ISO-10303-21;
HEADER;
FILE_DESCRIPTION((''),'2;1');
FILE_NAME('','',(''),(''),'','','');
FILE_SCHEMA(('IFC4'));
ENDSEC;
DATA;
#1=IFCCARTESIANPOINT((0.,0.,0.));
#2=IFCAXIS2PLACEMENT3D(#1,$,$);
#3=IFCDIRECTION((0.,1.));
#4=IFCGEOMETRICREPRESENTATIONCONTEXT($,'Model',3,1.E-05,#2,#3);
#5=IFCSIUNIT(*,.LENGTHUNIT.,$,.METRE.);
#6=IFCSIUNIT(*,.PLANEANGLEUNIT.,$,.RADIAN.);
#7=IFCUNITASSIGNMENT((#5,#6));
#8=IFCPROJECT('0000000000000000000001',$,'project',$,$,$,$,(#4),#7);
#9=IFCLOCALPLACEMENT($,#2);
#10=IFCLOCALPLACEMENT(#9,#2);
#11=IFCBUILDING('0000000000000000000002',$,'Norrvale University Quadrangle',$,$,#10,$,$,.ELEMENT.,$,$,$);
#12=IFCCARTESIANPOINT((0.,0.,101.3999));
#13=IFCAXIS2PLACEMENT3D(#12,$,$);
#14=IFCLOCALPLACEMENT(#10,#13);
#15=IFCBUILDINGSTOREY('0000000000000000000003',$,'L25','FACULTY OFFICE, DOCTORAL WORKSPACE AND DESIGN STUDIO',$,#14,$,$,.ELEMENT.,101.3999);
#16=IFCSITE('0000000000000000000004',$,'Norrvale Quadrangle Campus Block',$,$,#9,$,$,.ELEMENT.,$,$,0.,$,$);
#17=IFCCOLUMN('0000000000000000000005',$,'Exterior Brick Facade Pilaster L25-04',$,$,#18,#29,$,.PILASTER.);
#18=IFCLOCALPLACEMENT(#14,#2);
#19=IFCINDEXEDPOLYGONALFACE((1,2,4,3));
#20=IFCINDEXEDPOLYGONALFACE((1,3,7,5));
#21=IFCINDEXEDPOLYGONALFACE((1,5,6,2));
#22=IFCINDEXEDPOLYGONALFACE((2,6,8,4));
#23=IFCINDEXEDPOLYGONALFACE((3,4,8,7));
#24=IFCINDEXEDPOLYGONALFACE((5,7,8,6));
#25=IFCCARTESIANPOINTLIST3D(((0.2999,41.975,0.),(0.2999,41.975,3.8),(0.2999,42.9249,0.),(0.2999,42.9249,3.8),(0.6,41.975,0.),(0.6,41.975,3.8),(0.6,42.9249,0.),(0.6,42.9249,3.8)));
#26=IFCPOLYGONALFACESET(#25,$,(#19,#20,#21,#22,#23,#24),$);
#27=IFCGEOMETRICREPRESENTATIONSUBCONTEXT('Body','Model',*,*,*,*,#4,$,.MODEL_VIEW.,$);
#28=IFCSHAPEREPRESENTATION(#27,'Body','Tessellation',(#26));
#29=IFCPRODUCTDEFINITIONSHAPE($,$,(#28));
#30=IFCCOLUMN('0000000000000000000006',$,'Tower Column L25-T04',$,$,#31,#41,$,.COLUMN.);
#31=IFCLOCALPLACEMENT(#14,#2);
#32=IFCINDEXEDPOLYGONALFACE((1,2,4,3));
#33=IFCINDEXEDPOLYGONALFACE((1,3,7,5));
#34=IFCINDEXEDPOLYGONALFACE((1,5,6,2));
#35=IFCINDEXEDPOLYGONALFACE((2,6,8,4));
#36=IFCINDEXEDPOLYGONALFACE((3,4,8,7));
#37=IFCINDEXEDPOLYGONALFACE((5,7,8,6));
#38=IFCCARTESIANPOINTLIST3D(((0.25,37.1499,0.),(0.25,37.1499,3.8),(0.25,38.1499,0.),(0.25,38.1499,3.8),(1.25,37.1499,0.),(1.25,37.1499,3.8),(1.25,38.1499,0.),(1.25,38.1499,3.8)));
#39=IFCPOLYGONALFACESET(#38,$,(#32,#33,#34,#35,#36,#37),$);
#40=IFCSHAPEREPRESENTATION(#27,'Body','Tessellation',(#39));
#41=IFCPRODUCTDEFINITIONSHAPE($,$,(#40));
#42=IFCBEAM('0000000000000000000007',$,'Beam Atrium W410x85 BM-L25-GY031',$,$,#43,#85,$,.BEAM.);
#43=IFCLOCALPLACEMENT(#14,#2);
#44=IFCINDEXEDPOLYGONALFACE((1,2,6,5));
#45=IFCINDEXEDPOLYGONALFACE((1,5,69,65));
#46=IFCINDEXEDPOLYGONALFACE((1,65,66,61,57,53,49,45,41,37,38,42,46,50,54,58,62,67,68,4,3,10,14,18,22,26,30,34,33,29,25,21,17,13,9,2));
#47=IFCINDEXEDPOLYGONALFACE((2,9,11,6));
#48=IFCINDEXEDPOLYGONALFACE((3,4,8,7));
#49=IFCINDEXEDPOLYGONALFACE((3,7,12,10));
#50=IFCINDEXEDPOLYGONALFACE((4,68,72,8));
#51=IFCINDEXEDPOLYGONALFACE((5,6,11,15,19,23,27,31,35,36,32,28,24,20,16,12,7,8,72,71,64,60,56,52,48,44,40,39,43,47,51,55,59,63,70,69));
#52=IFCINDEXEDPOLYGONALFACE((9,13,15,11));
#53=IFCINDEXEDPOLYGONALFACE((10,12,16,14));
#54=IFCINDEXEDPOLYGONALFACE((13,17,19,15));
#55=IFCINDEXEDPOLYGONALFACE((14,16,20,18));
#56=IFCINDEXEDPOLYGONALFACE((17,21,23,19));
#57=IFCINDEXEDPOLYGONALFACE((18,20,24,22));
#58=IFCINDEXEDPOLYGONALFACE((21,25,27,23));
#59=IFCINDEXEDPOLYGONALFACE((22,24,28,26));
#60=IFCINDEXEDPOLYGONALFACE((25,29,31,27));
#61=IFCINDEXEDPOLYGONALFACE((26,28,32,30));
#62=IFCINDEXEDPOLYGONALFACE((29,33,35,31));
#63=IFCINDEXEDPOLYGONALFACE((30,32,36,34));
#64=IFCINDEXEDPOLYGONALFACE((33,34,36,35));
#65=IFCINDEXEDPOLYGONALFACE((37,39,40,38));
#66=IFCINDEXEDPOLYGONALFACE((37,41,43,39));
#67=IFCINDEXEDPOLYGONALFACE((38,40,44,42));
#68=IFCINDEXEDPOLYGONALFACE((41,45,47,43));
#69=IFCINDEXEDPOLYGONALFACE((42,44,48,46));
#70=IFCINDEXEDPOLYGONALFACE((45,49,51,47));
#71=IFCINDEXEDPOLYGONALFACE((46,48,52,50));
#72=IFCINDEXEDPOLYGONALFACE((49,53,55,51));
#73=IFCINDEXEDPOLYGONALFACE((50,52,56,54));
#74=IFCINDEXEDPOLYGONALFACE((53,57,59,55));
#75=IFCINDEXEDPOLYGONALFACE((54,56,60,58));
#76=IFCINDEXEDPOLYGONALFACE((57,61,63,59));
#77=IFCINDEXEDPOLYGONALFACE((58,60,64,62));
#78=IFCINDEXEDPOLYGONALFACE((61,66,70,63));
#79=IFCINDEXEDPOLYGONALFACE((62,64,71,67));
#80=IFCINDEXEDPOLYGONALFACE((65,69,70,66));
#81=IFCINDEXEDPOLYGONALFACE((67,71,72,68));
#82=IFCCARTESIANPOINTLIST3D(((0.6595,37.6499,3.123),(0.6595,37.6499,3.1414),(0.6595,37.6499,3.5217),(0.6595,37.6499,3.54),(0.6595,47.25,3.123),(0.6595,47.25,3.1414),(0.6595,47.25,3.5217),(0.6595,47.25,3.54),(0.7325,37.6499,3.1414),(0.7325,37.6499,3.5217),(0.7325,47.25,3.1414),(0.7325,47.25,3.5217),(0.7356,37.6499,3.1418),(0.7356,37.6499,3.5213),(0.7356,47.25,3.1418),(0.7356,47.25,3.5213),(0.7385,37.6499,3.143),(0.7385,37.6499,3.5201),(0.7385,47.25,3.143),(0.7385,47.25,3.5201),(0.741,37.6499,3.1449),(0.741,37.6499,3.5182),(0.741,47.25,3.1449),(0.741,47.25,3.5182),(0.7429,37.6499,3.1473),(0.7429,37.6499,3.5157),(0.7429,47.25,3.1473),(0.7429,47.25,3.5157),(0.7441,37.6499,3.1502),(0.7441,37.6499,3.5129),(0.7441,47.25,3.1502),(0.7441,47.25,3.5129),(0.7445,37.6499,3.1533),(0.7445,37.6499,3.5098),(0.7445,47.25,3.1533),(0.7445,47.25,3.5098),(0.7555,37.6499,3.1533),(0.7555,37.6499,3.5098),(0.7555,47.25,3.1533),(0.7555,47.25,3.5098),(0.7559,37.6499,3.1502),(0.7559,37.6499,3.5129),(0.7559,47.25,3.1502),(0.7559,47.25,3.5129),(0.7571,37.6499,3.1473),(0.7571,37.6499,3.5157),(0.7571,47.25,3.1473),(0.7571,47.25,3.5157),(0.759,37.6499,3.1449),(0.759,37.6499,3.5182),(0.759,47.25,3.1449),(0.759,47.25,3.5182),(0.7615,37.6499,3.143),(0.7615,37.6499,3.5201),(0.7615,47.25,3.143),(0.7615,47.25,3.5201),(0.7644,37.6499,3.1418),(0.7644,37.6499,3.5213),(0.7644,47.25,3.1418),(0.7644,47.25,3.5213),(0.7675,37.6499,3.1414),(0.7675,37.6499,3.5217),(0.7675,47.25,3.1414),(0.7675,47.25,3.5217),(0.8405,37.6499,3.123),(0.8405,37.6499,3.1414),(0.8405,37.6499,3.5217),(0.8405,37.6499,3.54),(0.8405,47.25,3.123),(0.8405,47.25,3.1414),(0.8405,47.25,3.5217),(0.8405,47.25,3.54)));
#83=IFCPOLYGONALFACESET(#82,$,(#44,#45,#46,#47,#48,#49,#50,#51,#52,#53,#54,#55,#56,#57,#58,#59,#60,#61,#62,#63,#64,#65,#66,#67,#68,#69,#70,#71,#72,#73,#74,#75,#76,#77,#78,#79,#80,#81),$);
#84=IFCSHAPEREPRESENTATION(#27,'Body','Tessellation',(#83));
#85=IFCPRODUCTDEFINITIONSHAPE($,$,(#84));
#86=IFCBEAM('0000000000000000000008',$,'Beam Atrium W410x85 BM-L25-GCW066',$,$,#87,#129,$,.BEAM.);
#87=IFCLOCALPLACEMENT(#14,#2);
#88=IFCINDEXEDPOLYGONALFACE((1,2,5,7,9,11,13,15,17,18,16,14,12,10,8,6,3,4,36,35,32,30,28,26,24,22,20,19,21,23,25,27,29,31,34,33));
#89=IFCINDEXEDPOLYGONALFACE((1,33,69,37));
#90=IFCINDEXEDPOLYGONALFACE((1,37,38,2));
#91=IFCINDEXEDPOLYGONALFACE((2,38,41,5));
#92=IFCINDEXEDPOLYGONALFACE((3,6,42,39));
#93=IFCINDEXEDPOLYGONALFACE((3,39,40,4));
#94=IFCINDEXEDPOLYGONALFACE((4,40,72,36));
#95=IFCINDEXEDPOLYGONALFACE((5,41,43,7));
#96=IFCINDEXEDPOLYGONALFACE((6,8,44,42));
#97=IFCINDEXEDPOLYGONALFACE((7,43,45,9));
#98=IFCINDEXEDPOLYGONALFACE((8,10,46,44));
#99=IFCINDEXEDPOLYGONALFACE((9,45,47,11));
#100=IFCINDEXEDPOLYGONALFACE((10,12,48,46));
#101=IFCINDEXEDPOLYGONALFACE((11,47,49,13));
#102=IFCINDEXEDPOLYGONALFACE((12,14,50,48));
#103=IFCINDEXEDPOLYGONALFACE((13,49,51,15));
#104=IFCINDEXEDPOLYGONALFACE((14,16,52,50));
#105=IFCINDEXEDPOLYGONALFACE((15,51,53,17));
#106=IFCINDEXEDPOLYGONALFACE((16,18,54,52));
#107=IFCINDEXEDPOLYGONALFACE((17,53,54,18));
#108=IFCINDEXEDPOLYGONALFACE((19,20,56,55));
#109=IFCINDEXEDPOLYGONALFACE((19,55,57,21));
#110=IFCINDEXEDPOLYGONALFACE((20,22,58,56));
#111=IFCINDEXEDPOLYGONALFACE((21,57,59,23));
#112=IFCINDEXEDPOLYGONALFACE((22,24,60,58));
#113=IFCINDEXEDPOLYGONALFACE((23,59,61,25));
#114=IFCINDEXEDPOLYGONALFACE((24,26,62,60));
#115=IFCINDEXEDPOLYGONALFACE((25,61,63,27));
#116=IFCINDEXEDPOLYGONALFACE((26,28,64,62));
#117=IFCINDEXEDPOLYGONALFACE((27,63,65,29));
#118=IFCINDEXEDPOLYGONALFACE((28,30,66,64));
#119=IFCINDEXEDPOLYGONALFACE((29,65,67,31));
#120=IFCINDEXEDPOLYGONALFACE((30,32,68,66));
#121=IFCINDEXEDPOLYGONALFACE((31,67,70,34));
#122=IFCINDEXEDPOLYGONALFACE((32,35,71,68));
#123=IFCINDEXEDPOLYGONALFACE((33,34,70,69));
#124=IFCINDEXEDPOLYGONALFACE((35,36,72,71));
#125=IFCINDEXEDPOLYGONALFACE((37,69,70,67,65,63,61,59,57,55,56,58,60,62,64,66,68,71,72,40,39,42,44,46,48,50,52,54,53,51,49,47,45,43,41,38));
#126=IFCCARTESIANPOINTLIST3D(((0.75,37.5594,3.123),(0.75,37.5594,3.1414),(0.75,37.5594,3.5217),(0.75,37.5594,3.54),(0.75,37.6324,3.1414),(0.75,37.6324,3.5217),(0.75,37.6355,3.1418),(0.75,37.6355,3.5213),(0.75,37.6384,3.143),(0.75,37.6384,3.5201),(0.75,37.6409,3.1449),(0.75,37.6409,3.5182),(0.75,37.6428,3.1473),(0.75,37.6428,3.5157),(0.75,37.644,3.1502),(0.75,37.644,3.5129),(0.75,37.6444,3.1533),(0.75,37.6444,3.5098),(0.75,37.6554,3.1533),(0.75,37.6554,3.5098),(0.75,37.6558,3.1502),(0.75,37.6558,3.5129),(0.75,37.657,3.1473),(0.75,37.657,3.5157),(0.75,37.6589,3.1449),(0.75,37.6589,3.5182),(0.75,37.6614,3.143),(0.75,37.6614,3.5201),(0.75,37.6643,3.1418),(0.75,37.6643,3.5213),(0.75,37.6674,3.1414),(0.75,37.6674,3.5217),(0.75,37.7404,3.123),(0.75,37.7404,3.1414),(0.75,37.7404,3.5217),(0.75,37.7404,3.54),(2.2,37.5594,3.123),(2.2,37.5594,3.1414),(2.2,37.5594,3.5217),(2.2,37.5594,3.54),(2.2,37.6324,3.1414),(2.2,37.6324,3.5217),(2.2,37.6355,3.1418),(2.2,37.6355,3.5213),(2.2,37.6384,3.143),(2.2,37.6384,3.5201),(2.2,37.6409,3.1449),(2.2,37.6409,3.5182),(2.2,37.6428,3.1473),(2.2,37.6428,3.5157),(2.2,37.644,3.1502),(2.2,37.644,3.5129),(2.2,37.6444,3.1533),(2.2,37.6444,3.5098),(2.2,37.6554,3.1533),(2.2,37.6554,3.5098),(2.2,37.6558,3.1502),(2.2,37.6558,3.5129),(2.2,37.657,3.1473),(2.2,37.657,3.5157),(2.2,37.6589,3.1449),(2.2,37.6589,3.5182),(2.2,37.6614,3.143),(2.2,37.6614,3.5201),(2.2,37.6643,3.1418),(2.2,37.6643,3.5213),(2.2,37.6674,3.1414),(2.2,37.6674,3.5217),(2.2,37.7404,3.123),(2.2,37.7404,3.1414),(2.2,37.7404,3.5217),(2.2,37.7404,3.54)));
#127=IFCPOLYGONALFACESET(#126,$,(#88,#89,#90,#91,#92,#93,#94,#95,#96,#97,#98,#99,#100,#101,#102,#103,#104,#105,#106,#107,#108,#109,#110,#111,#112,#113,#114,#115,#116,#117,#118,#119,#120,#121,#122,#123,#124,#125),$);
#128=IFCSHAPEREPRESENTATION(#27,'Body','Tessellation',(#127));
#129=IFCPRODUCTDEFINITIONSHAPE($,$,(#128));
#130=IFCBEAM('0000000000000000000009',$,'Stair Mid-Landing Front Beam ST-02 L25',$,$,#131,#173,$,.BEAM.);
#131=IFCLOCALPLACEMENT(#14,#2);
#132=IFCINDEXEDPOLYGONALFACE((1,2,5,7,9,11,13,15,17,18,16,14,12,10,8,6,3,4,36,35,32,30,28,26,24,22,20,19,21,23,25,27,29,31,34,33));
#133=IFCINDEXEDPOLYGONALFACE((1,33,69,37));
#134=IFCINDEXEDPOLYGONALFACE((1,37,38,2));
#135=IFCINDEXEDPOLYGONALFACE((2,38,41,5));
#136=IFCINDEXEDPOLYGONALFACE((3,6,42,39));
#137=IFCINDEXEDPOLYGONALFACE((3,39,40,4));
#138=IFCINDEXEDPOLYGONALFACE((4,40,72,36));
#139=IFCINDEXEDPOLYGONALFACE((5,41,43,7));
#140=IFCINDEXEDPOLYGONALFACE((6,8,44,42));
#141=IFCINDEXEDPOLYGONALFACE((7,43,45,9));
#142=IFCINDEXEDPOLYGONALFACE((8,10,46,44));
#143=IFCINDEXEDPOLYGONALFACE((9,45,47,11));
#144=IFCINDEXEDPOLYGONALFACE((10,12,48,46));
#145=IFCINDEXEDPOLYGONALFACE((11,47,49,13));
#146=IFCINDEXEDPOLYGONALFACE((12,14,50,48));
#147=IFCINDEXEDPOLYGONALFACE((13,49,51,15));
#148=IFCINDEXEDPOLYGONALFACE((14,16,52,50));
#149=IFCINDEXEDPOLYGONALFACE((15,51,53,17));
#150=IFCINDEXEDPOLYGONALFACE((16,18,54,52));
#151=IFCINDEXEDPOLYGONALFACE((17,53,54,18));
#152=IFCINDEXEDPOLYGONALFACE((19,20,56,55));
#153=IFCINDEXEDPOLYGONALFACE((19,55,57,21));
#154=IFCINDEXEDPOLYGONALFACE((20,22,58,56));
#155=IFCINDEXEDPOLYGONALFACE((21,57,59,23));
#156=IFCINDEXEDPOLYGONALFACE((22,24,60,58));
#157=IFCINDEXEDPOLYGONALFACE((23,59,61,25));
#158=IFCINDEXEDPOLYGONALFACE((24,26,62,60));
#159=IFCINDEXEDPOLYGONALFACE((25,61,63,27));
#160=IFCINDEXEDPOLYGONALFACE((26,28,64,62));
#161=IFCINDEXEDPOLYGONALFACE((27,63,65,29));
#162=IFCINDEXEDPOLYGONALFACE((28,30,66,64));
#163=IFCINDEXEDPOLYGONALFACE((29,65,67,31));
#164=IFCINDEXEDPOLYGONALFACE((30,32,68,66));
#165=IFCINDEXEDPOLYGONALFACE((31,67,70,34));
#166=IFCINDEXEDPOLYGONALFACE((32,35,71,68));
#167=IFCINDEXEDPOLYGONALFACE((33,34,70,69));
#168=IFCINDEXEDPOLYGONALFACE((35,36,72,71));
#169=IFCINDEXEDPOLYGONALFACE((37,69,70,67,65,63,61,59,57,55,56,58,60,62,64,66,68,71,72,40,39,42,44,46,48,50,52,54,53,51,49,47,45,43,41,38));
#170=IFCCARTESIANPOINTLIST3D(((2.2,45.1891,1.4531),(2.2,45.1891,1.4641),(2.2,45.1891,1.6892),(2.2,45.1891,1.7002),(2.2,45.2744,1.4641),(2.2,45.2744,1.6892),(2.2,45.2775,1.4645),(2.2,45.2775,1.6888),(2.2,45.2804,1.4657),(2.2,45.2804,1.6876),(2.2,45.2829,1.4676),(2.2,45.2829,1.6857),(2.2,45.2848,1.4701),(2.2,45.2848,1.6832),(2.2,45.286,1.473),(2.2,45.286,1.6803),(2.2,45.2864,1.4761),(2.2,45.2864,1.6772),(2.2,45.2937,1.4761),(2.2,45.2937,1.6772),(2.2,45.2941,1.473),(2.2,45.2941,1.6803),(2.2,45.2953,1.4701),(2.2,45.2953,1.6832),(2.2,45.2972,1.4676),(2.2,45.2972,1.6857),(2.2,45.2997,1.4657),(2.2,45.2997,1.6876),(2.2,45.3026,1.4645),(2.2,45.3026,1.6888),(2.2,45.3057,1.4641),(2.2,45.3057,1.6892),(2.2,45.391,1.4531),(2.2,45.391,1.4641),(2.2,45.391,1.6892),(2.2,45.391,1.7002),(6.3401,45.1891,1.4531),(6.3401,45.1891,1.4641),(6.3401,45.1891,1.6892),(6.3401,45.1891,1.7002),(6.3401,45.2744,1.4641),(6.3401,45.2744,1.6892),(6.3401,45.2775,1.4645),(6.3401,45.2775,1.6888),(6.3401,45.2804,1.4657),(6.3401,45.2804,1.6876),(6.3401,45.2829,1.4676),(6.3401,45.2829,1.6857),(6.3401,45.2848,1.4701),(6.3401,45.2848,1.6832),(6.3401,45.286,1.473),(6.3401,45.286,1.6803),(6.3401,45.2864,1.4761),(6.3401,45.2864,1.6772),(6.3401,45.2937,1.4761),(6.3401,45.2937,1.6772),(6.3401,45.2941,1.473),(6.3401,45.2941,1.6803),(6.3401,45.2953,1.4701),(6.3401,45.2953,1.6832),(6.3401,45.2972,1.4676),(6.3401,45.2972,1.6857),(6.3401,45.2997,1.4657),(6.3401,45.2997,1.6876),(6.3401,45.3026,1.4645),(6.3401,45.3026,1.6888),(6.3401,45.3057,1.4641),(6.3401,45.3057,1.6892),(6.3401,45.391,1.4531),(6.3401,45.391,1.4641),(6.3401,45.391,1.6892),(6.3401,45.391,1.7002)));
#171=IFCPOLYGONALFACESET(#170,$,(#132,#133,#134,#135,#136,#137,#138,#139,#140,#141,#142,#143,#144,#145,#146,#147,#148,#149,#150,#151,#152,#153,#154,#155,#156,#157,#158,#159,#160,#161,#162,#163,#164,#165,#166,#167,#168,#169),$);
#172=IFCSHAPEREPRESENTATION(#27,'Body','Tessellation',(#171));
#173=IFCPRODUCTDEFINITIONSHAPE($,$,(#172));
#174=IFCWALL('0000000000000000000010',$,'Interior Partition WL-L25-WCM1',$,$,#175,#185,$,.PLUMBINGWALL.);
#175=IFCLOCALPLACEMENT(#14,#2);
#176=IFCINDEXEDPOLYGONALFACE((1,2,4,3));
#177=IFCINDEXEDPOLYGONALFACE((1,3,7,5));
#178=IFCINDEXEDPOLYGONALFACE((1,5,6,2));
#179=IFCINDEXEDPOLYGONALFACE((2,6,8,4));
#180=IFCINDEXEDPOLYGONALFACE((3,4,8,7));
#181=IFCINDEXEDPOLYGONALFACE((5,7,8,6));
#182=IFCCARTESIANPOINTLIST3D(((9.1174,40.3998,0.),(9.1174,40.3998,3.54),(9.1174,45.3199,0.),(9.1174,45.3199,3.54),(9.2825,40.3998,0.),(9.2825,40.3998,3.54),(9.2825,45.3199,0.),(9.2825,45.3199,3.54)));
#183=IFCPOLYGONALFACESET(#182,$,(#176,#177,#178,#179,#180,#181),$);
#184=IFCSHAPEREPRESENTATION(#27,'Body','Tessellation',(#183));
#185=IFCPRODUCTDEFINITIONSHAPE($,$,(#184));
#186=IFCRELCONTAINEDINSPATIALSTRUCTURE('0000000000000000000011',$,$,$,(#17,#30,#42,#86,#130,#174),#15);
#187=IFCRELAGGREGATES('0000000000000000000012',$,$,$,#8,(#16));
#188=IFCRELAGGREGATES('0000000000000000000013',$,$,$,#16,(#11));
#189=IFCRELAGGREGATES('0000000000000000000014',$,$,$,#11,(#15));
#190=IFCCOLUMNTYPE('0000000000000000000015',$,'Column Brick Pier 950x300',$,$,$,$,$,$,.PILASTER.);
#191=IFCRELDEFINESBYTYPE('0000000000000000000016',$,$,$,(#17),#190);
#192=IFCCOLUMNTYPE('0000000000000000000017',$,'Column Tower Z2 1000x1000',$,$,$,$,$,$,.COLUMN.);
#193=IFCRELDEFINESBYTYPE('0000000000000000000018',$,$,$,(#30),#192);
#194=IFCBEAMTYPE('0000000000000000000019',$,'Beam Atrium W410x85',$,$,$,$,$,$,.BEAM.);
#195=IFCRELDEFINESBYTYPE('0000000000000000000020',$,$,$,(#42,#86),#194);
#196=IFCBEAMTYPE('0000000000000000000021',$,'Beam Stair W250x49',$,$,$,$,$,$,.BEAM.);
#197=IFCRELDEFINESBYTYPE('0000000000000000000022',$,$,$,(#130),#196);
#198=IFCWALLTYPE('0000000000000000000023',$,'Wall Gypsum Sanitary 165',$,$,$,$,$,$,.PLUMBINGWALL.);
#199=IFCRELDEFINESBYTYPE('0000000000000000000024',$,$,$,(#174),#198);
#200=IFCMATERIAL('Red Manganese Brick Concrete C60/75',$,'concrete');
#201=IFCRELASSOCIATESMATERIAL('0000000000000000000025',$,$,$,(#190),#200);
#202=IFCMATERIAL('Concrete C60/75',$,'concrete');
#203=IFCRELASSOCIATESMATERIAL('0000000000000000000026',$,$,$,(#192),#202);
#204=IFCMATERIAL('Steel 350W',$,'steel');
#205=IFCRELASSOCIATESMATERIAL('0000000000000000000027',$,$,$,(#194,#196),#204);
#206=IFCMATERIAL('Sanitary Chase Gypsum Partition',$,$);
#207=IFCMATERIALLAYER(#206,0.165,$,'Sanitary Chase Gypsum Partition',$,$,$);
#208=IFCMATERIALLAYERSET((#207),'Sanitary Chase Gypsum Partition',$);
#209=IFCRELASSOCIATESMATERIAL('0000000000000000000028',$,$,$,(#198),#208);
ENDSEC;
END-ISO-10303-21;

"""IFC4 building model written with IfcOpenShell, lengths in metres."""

from ifc_helpers import new_model, si_unit, direction, frame, frame_2d, origin, origin_2d, place, context, subcontext, project, spatial, rectangle, i_section, extrude, material, layer, layer_set, material_profile, profile_set, type_object, element, save


model = new_model("IFC4")

# Units and contexts
model_context = context("Model", 3, precision=1e-05, world=origin(), true_north=direction((0.0, 1.0)))
body_context = subcontext(model_context, "Body", "Model", "MODEL_VIEW")
ifc_project = project(units=[si_unit("LENGTHUNIT", "METRE"), si_unit("PLANEANGLEUNIT", "RADIAN")], contexts=[model_context])

# Site, building, storey
site_placement = place(None, origin())
site = spatial("IfcSite", under=ifc_project, at=site_placement, Name="Norrvale Quadrangle Campus Block", CompositionType="ELEMENT", RefElevation=0.0)
building_placement = place(site_placement, origin())
building = spatial("IfcBuilding", under=site, at=building_placement, Name="Norrvale University Quadrangle", CompositionType="ELEMENT")
storey_placement = place(building_placement, frame((0.0, 0.0, 101.3999)))
storey = spatial("IfcBuildingStorey", under=building, at=storey_placement, Name="L25", Description="FACULTY OFFICE, DOCTORAL WORKSPACE AND DESIGN STUDIO", CompositionType="ELEMENT", Elevation=101.3999)

# Columns
ifc_material_1 = material(Name="Red Manganese Brick Concrete C60/75", Category="concrete")
ifc_material_profile_1 = material_profile(ifc_material_1, rectangle(XDim=0.95, YDim=0.3, at=origin_2d()), Name="Red Manganese Brick Concrete C60/75")
ifc_profile_set_1 = profile_set([ifc_material_profile_1], Name="Red Manganese Brick Concrete C60/75")
column_type_1 = type_object("IfcColumnType", Name="Column Brick Pier 950x300", PredefinedType="PILASTER", material=ifc_profile_set_1)
column_1_placement = place(storey_placement, frame((0.45, 42.45, 0.0), z_axis=(0.0, 0.0, 1.0), x_axis=(0.0, 1.0, 0.0)))
element("IfcColumn", 1, at=column_1_placement, inside=storey, type_object=column_type_1, Name="Exterior Brick Facade Pilaster L25-04", PredefinedType="PILASTER", context=body_context, shape_type="SweptSolid", body=[
    extrude(rectangle(XDim=0.95, YDim=0.3, at=origin_2d()), origin(), (0.0, 0.0, 1.0), 3.8),
])
ifc_material_2 = material(Name="Concrete C60/75", Category="concrete")
ifc_material_profile_2 = material_profile(ifc_material_2, rectangle(XDim=1.0, YDim=1.0, at=origin_2d()), Name="Concrete C60/75")
ifc_profile_set_2 = profile_set([ifc_material_profile_2], Name="Concrete C60/75")
column_type_2 = type_object("IfcColumnType", Name="Column Tower Z2 1000x1000", PredefinedType="COLUMN", material=ifc_profile_set_2)
column_2_placement = place(storey_placement, frame((0.75, 37.6499, 0.0), z_axis=(0.0, 0.0, 1.0), x_axis=(1.0, 0.0, 0.0)))
element("IfcColumn", 2, at=column_2_placement, inside=storey, type_object=column_type_2, Name="Tower Column L25-T04", PredefinedType="COLUMN", context=body_context, shape_type="SweptSolid", body=[
    extrude(rectangle(XDim=1.0, YDim=1.0, at=origin_2d()), origin(), (0.0, 0.0, 1.0), 3.8),
])

# Beams
ifc_material_3 = material(Name="Steel 350W", Category="steel")
ifc_material_profile_3 = material_profile(ifc_material_3, i_section(OverallWidth=0.1809, OverallDepth=0.417, WebThickness=0.011, FlangeThickness=0.0183, FilletRadius=0.012, at=origin_2d()), Name="Steel 350W")
ifc_profile_set_3 = profile_set([ifc_material_profile_3], Name="Steel 350W")
beam_type_1 = type_object("IfcBeamType", Name="Beam Atrium W410x85", PredefinedType="BEAM", material=ifc_profile_set_3)
beam_1_placement = place(storey_placement, frame((0.75, 37.6499, 3.3315), z_axis=(0.0, 1.0, 0.0), x_axis=(-1.0, 0.0, 0.0)))
element("IfcBeam", 3, at=beam_1_placement, inside=storey, type_object=beam_type_1, Name="Beam Atrium W410x85 BM-L25-GY031", PredefinedType="BEAM", context=body_context, shape_type="SweptSolid", body=[
    extrude(i_section(OverallWidth=0.1809, OverallDepth=0.417, WebThickness=0.011, FlangeThickness=0.0183, FilletRadius=0.012, at=origin_2d()), origin(), (0.0, 0.0, 1.0), 9.6001),
])
beam_2_placement = place(storey_placement, frame((0.75, 37.6499, 3.3315), z_axis=(1.0, 0.0, 0.0), x_axis=(0.0, 1.0, 0.0)))
element("IfcBeam", 4, at=beam_2_placement, inside=storey, type_object=beam_type_1, Name="Beam Atrium W410x85 BM-L25-GCW066", PredefinedType="BEAM", context=body_context, shape_type="SweptSolid", body=[
    extrude(i_section(OverallWidth=0.1809, OverallDepth=0.417, WebThickness=0.011, FlangeThickness=0.0183, FilletRadius=0.012, at=origin_2d()), origin(), (0.0, 0.0, 1.0), 1.45),
])
ifc_material_profile_4 = material_profile(ifc_material_3, i_section(OverallWidth=0.2019, OverallDepth=0.2471, WebThickness=0.0073, FlangeThickness=0.011, FilletRadius=0.012, at=origin_2d()), Name="Steel 350W")
ifc_profile_set_4 = profile_set([ifc_material_profile_4], Name="Steel 350W")
beam_type_2 = type_object("IfcBeamType", Name="Beam Stair W250x49", PredefinedType="BEAM", material=ifc_profile_set_4)
beam_3_placement = place(storey_placement, frame((2.2, 45.29, 1.5767), z_axis=(1.0, 0.0, 0.0), x_axis=(0.0, 1.0, 0.0)))
element("IfcBeam", 5, at=beam_3_placement, inside=storey, type_object=beam_type_2, Name="Stair Mid-Landing Front Beam ST-02 L25", PredefinedType="BEAM", context=body_context, shape_type="SweptSolid", body=[
    extrude(i_section(OverallWidth=0.2019, OverallDepth=0.2471, WebThickness=0.0073, FlangeThickness=0.011, FilletRadius=0.012, at=origin_2d()), origin(), (0.0, 0.0, 1.0), 4.1401),
])

# Wall
ifc_material_4 = material(Name="Sanitary Chase Gypsum Partition")
ifc_layer_1 = layer(ifc_material_4, 0.165, Name="Sanitary Chase Gypsum Partition")
ifc_layer_set_1 = layer_set([ifc_layer_1], Name="Sanitary Chase Gypsum Partition")
wall_type_1 = type_object("IfcWallType", Name="Wall Gypsum Sanitary 165", PredefinedType="PLUMBINGWALL", material=ifc_layer_set_1)
wall_1_placement = place(storey_placement, frame((9.2, 40.3999, 0.0), z_axis=(0.0, 0.0, 1.0), x_axis=(0.0, 1.0, 0.0)))
element("IfcWall", 6, at=wall_1_placement, inside=storey, type_object=wall_type_1, Name="Interior Partition WL-L25-WCM1", PredefinedType="PLUMBINGWALL", context=body_context, shape_type="SweptSolid", body=[
    extrude(rectangle(XDim=4.9202, YDim=0.165, at=frame_2d((2.46, 0.0))), origin(), (0.0, 0.0, 1.0), 3.54),
])

save(model, "model.ifc")
